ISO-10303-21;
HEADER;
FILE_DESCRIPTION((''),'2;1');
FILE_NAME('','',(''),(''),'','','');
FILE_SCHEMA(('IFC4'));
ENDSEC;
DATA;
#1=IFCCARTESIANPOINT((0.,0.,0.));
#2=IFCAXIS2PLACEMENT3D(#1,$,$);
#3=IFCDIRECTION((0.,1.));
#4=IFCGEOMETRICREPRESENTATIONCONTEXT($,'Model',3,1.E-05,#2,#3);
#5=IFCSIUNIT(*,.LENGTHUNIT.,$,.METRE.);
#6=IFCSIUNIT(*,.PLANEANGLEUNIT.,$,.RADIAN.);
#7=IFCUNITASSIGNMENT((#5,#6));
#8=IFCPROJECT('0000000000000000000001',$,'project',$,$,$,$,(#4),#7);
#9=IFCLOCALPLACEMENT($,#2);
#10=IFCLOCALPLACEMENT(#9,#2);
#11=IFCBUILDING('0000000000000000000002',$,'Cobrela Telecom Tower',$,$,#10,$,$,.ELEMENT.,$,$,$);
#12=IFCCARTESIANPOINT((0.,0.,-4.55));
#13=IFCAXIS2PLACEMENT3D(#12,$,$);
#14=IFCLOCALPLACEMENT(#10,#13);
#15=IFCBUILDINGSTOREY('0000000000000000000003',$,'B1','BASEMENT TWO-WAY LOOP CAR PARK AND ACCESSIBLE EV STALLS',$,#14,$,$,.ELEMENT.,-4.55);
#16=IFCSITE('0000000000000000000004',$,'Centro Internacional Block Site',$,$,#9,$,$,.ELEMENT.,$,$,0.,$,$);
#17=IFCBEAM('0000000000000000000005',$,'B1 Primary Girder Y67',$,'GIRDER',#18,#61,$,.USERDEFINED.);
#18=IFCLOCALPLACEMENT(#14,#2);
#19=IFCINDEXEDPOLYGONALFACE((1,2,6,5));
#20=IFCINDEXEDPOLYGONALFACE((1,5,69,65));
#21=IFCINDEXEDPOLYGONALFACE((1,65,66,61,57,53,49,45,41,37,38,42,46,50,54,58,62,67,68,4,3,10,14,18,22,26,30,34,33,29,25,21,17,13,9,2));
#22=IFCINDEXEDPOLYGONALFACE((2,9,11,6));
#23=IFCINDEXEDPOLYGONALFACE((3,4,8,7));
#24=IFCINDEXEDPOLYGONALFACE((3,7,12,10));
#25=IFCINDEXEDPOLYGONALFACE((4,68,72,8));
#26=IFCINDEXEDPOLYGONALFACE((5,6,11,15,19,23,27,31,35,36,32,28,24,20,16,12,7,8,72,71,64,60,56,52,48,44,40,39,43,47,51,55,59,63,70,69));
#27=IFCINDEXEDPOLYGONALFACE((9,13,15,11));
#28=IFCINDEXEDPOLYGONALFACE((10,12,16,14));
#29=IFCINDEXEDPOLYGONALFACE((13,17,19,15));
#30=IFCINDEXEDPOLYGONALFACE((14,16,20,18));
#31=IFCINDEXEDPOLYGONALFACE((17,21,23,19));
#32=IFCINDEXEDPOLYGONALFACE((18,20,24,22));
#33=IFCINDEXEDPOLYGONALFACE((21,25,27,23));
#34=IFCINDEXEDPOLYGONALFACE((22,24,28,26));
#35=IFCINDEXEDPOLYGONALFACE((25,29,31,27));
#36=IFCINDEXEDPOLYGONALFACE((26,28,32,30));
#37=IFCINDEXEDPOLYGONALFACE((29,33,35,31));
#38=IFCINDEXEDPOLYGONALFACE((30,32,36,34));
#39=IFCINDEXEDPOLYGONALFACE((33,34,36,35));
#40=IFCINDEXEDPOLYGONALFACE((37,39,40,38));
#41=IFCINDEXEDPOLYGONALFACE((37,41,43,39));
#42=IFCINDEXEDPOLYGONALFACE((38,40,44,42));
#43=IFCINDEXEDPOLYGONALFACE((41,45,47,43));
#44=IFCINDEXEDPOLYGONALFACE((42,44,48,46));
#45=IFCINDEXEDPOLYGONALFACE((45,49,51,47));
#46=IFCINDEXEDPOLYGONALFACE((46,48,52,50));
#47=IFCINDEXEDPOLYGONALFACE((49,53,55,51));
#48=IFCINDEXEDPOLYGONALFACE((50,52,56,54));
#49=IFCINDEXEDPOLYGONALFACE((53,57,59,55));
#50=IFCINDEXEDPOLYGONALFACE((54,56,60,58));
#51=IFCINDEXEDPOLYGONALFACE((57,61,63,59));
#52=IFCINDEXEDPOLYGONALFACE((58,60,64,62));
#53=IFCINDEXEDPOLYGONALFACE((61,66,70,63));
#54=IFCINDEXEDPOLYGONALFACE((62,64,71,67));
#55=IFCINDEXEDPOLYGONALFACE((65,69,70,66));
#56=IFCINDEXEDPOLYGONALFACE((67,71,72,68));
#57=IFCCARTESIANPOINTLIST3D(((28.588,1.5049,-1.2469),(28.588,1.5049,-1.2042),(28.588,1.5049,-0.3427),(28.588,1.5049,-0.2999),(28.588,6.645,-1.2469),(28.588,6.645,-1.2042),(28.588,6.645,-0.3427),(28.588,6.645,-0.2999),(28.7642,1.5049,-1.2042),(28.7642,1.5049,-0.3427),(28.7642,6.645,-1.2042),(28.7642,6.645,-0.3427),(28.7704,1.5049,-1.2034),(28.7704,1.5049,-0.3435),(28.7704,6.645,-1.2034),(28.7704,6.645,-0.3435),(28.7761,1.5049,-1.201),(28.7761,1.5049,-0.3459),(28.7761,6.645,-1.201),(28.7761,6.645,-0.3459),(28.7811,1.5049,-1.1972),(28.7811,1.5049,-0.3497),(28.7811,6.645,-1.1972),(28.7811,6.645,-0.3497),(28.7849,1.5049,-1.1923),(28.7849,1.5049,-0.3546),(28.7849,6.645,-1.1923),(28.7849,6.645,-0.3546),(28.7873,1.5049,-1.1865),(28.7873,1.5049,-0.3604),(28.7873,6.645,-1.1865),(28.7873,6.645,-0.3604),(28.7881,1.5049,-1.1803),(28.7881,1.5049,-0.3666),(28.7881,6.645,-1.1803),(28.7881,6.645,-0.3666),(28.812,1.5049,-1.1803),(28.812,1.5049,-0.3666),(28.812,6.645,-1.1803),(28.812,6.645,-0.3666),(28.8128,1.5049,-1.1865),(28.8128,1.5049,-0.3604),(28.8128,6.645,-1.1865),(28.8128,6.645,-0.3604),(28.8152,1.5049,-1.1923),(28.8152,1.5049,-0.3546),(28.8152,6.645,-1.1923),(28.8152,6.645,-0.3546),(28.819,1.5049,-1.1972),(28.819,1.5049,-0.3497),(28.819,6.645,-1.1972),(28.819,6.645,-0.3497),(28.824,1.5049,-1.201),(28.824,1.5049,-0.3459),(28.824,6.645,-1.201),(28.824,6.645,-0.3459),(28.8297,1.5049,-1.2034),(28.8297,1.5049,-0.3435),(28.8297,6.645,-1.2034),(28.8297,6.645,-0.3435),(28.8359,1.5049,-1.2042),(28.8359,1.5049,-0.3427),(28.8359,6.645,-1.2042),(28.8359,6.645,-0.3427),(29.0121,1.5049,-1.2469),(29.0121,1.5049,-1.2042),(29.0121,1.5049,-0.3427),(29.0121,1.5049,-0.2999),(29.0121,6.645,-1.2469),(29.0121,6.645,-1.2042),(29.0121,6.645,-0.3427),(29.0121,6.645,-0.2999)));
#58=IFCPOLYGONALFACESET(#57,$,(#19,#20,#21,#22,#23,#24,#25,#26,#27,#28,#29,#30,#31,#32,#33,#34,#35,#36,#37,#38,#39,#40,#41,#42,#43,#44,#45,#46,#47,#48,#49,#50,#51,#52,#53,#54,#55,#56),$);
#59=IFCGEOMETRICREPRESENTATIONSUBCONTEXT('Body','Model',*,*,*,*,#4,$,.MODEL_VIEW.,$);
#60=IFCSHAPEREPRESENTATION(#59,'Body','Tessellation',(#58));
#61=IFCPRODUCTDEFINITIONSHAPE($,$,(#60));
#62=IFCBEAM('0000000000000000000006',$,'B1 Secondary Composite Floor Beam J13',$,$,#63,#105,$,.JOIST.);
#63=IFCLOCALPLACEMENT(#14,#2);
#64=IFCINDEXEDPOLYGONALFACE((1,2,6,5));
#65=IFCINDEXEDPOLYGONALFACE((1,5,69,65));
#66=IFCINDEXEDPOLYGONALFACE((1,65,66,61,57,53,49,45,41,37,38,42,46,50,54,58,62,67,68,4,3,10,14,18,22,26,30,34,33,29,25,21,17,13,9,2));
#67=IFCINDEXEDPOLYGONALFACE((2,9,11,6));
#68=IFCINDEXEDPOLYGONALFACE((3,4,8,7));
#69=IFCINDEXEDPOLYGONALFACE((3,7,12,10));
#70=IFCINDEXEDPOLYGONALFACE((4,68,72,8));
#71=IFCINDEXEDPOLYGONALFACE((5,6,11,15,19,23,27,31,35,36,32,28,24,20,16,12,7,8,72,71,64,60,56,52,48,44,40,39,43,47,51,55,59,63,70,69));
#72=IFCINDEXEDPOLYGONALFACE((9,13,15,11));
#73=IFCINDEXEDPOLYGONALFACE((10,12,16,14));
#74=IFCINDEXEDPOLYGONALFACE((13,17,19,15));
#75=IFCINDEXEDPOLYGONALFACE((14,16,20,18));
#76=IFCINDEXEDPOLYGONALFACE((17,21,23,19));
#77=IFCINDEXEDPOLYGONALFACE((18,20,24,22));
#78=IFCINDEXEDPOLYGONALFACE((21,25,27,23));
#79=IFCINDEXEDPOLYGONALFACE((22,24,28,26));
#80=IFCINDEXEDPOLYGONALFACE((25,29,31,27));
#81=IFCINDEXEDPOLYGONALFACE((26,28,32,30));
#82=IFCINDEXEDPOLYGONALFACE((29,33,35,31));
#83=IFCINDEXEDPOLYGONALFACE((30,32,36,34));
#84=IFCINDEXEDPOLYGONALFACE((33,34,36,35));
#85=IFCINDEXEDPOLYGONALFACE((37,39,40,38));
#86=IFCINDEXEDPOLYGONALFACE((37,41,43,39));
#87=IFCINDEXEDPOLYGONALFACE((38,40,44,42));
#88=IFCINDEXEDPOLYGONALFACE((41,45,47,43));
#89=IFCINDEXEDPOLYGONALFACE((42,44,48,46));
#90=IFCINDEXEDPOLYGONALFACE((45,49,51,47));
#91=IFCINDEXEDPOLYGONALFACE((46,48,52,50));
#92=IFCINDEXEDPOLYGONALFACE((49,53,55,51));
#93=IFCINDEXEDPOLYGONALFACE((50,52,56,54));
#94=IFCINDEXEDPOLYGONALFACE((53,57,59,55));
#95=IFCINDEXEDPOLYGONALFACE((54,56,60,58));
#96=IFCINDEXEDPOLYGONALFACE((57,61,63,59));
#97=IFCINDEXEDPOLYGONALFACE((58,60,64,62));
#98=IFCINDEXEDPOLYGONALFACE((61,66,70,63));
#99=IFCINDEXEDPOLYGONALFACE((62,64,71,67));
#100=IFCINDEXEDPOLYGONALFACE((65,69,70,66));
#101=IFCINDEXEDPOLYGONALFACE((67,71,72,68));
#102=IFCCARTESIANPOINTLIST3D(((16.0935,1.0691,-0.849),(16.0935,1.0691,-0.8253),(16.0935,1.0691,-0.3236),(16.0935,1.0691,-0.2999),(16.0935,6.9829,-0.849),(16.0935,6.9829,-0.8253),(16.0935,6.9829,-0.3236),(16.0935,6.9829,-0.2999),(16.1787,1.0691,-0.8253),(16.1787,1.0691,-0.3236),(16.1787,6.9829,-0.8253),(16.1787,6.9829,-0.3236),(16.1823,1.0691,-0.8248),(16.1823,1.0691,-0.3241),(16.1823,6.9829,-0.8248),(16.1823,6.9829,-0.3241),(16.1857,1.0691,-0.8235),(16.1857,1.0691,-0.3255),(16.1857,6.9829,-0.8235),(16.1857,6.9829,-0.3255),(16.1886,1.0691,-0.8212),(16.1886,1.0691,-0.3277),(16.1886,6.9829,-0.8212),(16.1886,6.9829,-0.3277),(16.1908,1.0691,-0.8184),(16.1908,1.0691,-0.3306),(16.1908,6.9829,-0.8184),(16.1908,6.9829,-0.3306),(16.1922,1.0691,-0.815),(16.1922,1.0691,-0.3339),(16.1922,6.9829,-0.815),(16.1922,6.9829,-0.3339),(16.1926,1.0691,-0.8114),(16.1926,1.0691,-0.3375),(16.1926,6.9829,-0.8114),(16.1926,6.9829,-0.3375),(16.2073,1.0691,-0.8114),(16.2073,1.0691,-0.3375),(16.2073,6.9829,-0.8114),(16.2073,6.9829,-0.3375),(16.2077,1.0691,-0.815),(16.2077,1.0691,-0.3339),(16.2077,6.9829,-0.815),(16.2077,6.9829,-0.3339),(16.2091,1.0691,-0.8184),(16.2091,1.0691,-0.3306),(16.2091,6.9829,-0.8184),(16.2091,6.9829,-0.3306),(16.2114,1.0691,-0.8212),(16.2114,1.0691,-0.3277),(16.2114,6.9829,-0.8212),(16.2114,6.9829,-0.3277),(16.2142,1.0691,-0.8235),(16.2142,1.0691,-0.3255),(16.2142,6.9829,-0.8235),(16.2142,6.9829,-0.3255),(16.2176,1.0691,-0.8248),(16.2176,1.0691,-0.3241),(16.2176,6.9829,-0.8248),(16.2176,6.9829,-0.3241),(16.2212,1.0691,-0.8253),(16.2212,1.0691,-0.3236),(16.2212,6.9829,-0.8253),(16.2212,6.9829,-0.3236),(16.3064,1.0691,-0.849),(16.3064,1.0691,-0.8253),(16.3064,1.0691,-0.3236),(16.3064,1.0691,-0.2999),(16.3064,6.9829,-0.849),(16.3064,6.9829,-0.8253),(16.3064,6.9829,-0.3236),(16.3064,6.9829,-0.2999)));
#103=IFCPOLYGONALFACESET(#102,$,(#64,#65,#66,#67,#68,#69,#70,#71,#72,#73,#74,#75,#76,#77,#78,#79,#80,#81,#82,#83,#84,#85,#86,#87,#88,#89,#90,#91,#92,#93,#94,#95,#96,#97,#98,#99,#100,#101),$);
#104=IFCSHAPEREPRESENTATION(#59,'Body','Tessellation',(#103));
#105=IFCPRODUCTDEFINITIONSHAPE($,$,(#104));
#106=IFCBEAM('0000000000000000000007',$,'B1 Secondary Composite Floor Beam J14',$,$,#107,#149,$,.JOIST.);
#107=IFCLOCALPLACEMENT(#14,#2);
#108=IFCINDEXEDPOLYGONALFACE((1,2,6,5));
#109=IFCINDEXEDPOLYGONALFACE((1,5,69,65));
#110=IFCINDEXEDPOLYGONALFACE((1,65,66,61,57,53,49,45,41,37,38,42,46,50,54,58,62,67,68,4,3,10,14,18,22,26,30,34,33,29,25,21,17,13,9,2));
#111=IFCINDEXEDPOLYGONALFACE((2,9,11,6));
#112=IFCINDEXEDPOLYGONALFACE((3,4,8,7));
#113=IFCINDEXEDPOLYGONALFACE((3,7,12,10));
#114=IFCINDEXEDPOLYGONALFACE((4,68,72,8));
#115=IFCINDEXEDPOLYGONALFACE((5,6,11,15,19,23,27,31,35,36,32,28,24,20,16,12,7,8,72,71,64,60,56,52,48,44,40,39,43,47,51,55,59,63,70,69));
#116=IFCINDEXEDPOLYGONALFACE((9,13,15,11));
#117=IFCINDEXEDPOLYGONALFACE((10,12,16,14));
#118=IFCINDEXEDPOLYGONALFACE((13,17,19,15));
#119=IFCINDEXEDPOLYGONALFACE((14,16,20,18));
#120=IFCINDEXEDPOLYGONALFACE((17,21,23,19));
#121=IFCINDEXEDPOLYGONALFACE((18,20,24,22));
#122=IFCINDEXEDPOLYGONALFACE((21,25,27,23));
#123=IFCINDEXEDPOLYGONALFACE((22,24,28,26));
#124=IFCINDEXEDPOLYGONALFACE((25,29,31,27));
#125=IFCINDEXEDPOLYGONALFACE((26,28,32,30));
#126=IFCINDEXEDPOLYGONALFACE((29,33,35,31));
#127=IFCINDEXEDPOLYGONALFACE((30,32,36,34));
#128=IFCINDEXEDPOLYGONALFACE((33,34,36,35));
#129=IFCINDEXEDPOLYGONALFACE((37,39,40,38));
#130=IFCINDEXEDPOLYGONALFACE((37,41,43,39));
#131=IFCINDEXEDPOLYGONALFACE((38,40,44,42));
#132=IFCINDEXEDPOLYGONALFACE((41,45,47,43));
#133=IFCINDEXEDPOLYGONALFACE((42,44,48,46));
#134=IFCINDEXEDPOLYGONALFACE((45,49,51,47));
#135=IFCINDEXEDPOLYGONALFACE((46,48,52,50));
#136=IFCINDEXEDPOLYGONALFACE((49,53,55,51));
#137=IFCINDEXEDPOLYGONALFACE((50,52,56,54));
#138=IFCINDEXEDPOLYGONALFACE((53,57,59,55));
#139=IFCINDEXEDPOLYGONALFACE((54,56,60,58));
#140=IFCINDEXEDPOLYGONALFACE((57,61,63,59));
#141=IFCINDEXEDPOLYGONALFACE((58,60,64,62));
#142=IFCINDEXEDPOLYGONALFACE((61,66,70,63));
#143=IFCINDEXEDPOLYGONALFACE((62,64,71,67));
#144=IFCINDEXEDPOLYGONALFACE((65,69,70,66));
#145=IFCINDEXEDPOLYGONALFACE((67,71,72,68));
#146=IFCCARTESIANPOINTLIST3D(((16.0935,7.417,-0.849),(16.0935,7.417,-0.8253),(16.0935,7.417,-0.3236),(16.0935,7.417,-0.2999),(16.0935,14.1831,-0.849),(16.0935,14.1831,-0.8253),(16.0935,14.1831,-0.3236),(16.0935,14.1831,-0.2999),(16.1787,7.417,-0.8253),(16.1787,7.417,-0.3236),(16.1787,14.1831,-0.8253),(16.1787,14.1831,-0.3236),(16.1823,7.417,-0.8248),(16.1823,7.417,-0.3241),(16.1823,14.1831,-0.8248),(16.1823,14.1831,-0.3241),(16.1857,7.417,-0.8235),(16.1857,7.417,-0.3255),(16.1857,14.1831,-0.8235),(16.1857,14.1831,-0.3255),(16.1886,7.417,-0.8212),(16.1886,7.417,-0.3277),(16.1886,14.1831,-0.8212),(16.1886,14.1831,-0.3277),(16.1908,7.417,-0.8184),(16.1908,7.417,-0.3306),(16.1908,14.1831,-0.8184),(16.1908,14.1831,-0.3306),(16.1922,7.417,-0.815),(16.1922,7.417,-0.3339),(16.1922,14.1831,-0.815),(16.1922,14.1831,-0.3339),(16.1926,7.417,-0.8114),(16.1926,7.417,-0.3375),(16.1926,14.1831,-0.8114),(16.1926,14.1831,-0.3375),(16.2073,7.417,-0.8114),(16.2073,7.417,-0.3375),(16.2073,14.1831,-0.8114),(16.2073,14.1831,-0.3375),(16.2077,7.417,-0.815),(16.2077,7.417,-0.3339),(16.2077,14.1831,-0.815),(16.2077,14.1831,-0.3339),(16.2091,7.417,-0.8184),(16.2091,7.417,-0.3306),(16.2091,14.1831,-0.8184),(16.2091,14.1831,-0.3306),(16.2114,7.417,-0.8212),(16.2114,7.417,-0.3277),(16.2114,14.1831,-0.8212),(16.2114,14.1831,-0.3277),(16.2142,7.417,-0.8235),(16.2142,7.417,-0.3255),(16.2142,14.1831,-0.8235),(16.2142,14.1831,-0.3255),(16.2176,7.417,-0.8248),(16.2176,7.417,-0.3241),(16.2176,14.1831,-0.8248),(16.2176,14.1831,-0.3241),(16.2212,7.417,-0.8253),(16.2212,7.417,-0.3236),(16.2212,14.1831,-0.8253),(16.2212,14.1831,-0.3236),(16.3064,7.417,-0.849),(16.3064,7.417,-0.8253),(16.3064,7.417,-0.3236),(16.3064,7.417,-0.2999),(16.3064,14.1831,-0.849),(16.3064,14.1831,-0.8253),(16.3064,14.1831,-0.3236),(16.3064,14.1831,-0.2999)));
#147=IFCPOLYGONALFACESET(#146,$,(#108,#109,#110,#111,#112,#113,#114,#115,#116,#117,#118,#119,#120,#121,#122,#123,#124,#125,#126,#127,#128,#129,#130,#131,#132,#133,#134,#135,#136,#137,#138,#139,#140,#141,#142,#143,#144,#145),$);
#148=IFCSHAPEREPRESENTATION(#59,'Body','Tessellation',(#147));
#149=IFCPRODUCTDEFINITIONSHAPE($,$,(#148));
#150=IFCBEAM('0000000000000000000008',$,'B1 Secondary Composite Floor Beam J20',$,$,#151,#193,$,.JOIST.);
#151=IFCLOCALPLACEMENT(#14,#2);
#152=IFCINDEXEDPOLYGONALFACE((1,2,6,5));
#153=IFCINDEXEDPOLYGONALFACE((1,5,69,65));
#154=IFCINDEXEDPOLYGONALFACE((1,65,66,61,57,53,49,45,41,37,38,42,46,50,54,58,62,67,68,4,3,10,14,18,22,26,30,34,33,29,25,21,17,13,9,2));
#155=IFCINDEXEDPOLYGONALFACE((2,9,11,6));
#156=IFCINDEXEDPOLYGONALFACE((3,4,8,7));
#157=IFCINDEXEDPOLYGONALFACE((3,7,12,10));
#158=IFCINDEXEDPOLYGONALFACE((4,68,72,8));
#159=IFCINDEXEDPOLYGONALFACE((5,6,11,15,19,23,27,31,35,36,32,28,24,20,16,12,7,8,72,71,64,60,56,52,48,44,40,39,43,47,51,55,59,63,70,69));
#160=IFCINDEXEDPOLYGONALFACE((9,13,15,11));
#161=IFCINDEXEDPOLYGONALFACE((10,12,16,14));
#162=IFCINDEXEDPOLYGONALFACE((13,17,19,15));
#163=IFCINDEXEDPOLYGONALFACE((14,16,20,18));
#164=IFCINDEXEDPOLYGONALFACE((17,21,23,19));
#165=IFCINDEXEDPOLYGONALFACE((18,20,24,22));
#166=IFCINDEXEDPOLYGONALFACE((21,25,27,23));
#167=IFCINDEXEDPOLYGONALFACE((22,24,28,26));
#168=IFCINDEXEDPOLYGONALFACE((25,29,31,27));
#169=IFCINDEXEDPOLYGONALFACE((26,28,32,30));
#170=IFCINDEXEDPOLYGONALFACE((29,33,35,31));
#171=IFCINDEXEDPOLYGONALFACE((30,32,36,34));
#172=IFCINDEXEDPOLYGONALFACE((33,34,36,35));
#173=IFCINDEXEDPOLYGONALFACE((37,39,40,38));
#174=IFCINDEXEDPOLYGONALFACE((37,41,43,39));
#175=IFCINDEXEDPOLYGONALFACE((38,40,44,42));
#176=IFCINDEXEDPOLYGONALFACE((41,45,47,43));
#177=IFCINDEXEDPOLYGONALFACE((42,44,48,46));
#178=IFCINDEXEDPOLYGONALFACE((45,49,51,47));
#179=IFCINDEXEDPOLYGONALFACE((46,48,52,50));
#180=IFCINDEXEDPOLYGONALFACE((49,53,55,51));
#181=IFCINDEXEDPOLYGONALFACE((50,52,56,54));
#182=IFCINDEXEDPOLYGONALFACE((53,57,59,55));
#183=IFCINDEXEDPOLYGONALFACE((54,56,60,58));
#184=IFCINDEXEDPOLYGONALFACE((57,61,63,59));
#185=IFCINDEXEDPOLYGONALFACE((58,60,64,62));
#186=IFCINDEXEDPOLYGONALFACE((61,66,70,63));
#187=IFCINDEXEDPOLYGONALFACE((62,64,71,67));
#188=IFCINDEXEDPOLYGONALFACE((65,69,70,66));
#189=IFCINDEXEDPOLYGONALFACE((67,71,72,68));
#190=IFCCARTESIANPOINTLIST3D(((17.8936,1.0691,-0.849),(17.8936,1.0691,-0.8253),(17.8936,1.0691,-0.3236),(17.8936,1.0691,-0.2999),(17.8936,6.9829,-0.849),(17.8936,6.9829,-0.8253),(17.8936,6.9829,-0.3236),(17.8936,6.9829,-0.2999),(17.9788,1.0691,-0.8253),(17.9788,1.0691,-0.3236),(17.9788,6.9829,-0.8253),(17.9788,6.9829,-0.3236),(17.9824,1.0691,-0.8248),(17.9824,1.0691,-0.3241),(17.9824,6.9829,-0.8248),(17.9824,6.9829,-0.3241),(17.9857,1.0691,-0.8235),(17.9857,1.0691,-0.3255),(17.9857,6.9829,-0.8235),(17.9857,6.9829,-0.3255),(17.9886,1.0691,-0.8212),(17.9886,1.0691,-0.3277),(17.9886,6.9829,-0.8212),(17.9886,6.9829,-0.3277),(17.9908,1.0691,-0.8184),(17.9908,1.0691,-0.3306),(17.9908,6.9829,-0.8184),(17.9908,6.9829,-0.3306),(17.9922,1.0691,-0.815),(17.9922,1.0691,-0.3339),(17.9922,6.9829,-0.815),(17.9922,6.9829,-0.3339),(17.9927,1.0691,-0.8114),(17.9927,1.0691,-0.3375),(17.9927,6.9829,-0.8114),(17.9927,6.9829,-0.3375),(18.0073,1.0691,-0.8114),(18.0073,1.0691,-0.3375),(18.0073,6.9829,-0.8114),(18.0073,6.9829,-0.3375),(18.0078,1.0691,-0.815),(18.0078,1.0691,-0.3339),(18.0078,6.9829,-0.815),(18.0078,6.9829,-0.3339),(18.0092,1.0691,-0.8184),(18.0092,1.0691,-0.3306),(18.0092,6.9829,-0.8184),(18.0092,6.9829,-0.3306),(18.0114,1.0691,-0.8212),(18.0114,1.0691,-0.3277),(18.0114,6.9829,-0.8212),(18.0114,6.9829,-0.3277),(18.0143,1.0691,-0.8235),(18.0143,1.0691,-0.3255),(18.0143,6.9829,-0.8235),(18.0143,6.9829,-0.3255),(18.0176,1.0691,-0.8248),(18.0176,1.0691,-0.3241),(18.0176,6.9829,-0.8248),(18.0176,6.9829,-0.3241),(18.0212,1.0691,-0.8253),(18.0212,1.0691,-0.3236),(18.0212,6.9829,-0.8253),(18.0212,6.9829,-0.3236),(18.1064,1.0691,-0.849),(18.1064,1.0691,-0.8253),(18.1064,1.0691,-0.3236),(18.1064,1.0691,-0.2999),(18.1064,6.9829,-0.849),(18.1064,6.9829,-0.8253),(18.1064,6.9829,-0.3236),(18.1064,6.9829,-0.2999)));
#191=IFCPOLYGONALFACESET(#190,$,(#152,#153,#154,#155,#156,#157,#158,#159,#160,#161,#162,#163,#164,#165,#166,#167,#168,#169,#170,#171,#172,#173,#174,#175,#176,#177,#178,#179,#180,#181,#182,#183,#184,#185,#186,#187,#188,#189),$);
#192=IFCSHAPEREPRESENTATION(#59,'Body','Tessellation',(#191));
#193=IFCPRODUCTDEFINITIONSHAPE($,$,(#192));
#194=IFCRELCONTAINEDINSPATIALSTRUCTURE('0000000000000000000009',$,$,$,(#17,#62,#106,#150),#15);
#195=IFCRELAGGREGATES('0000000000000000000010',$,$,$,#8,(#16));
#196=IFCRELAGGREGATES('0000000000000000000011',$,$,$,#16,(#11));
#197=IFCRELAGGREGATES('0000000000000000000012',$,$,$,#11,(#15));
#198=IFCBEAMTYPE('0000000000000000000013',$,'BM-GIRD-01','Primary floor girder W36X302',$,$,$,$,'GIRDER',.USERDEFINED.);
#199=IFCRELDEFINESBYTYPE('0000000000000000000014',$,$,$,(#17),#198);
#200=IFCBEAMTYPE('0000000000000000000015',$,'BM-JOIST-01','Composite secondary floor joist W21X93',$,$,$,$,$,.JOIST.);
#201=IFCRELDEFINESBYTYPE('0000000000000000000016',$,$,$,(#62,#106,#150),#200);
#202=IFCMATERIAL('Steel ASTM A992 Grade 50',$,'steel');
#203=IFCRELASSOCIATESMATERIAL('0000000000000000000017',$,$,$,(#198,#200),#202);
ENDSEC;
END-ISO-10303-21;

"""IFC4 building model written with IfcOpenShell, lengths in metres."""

from ifc_helpers import new_model, si_unit, direction, frame, origin, origin_2d, place, context, subcontext, project, spatial, i_section, extrude, material, material_profile, profile_set, type_object, element, save


model = new_model("IFC4")

# Units and contexts
model_context = context("Model", 3, precision=1e-05, world=origin(), true_north=direction((0.0, 1.0)))
body_context = subcontext(model_context, "Body", "Model", "MODEL_VIEW")
ifc_project = project(units=[si_unit("LENGTHUNIT", "METRE"), si_unit("PLANEANGLEUNIT", "RADIAN")], contexts=[model_context])

# Site, building, storey
site_placement = place(None, origin())
site = spatial("IfcSite", under=ifc_project, at=site_placement, Name="Centro Internacional Block Site", CompositionType="ELEMENT", RefElevation=0.0)
building_placement = place(site_placement, origin())
building = spatial("IfcBuilding", under=site, at=building_placement, Name="Cobrela Telecom Tower", CompositionType="ELEMENT")
storey_placement = place(building_placement, frame((0.0, 0.0, -4.55)))
storey = spatial("IfcBuildingStorey", under=building, at=storey_placement, Name="B1", Description="BASEMENT TWO-WAY LOOP CAR PARK AND ACCESSIBLE EV STALLS", CompositionType="ELEMENT", Elevation=-4.55)

# Beams
ifc_material_1 = material(Name="Steel ASTM A992 Grade 50", Category="steel")
ifc_material_profile_1 = material_profile(ifc_material_1, i_section(OverallWidth=0.4241, OverallDepth=0.947, WebThickness=0.0239, FlangeThickness=0.0427, FilletRadius=0.0239, at=origin_2d()), Name="W36X302")
ifc_profile_set_1 = profile_set([ifc_material_profile_1], Name="Steel ASTM A992 Grade 50")
beam_type_1 = type_object("IfcBeamType", Name="BM-GIRD-01", Description="Primary floor girder W36X302", ElementType="GIRDER", PredefinedType="USERDEFINED", material=ifc_profile_set_1)
beam_1_placement = place(storey_placement, frame((28.8, 1.5049, -0.7734), z_axis=(0.0, 1.0, 0.0), x_axis=(-1.0, 0.0, 0.0)))
element("IfcBeam", 1, at=beam_1_placement, inside=storey, type_object=beam_type_1, Name="B1 Primary Girder Y67", ObjectType="GIRDER", PredefinedType="USERDEFINED", context=body_context, shape_type="SweptSolid", body=[
    extrude(i_section(OverallWidth=0.4241, OverallDepth=0.947, WebThickness=0.0239, FlangeThickness=0.0427, FilletRadius=0.0239, at=origin_2d()), origin(), (0.0, 0.0, 1.0), 5.1401),
])
ifc_material_profile_2 = material_profile(ifc_material_1, i_section(OverallWidth=0.2129, OverallDepth=0.5491, WebThickness=0.0146, FlangeThickness=0.0237, FilletRadius=0.0139, at=origin_2d()), Name="W21X93")
ifc_profile_set_2 = profile_set([ifc_material_profile_2], Name="Steel ASTM A992 Grade 50")
beam_type_2 = type_object("IfcBeamType", Name="BM-JOIST-01", Description="Composite secondary floor joist W21X93", PredefinedType="JOIST", material=ifc_profile_set_2)
beam_2_placement = place(storey_placement, frame((16.2, 1.0691, -0.5745), z_axis=(0.0, 1.0, 0.0), x_axis=(-1.0, 0.0, 0.0)))
element("IfcBeam", 2, at=beam_2_placement, inside=storey, type_object=beam_type_2, Name="B1 Secondary Composite Floor Beam J13", PredefinedType="JOIST", context=body_context, shape_type="SweptSolid", body=[
    extrude(i_section(OverallWidth=0.2129, OverallDepth=0.5491, WebThickness=0.0146, FlangeThickness=0.0237, FilletRadius=0.0139, at=origin_2d()), origin(), (0.0, 0.0, 1.0), 5.9138),
])
beam_3_placement = place(storey_placement, frame((16.2, 7.417, -0.5745), z_axis=(0.0, 1.0, 0.0), x_axis=(-1.0, 0.0, 0.0)))
element("IfcBeam", 3, at=beam_3_placement, inside=storey, type_object=beam_type_2, Name="B1 Secondary Composite Floor Beam J14", PredefinedType="JOIST", context=body_context, shape_type="SweptSolid", body=[
    extrude(i_section(OverallWidth=0.2129, OverallDepth=0.5491, WebThickness=0.0146, FlangeThickness=0.0237, FilletRadius=0.0139, at=origin_2d()), origin(), (0.0, 0.0, 1.0), 6.7661),
])
beam_4_placement = place(storey_placement, frame((18.0, 1.0691, -0.5745), z_axis=(0.0, 1.0, 0.0), x_axis=(-1.0, 0.0, 0.0)))
element("IfcBeam", 4, at=beam_4_placement, inside=storey, type_object=beam_type_2, Name="B1 Secondary Composite Floor Beam J20", PredefinedType="JOIST", context=body_context, shape_type="SweptSolid", body=[
    extrude(i_section(OverallWidth=0.2129, OverallDepth=0.5491, WebThickness=0.0146, FlangeThickness=0.0237, FilletRadius=0.0139, at=origin_2d()), origin(), (0.0, 0.0, 1.0), 5.9138),
])

save(model, "model.ifc")
